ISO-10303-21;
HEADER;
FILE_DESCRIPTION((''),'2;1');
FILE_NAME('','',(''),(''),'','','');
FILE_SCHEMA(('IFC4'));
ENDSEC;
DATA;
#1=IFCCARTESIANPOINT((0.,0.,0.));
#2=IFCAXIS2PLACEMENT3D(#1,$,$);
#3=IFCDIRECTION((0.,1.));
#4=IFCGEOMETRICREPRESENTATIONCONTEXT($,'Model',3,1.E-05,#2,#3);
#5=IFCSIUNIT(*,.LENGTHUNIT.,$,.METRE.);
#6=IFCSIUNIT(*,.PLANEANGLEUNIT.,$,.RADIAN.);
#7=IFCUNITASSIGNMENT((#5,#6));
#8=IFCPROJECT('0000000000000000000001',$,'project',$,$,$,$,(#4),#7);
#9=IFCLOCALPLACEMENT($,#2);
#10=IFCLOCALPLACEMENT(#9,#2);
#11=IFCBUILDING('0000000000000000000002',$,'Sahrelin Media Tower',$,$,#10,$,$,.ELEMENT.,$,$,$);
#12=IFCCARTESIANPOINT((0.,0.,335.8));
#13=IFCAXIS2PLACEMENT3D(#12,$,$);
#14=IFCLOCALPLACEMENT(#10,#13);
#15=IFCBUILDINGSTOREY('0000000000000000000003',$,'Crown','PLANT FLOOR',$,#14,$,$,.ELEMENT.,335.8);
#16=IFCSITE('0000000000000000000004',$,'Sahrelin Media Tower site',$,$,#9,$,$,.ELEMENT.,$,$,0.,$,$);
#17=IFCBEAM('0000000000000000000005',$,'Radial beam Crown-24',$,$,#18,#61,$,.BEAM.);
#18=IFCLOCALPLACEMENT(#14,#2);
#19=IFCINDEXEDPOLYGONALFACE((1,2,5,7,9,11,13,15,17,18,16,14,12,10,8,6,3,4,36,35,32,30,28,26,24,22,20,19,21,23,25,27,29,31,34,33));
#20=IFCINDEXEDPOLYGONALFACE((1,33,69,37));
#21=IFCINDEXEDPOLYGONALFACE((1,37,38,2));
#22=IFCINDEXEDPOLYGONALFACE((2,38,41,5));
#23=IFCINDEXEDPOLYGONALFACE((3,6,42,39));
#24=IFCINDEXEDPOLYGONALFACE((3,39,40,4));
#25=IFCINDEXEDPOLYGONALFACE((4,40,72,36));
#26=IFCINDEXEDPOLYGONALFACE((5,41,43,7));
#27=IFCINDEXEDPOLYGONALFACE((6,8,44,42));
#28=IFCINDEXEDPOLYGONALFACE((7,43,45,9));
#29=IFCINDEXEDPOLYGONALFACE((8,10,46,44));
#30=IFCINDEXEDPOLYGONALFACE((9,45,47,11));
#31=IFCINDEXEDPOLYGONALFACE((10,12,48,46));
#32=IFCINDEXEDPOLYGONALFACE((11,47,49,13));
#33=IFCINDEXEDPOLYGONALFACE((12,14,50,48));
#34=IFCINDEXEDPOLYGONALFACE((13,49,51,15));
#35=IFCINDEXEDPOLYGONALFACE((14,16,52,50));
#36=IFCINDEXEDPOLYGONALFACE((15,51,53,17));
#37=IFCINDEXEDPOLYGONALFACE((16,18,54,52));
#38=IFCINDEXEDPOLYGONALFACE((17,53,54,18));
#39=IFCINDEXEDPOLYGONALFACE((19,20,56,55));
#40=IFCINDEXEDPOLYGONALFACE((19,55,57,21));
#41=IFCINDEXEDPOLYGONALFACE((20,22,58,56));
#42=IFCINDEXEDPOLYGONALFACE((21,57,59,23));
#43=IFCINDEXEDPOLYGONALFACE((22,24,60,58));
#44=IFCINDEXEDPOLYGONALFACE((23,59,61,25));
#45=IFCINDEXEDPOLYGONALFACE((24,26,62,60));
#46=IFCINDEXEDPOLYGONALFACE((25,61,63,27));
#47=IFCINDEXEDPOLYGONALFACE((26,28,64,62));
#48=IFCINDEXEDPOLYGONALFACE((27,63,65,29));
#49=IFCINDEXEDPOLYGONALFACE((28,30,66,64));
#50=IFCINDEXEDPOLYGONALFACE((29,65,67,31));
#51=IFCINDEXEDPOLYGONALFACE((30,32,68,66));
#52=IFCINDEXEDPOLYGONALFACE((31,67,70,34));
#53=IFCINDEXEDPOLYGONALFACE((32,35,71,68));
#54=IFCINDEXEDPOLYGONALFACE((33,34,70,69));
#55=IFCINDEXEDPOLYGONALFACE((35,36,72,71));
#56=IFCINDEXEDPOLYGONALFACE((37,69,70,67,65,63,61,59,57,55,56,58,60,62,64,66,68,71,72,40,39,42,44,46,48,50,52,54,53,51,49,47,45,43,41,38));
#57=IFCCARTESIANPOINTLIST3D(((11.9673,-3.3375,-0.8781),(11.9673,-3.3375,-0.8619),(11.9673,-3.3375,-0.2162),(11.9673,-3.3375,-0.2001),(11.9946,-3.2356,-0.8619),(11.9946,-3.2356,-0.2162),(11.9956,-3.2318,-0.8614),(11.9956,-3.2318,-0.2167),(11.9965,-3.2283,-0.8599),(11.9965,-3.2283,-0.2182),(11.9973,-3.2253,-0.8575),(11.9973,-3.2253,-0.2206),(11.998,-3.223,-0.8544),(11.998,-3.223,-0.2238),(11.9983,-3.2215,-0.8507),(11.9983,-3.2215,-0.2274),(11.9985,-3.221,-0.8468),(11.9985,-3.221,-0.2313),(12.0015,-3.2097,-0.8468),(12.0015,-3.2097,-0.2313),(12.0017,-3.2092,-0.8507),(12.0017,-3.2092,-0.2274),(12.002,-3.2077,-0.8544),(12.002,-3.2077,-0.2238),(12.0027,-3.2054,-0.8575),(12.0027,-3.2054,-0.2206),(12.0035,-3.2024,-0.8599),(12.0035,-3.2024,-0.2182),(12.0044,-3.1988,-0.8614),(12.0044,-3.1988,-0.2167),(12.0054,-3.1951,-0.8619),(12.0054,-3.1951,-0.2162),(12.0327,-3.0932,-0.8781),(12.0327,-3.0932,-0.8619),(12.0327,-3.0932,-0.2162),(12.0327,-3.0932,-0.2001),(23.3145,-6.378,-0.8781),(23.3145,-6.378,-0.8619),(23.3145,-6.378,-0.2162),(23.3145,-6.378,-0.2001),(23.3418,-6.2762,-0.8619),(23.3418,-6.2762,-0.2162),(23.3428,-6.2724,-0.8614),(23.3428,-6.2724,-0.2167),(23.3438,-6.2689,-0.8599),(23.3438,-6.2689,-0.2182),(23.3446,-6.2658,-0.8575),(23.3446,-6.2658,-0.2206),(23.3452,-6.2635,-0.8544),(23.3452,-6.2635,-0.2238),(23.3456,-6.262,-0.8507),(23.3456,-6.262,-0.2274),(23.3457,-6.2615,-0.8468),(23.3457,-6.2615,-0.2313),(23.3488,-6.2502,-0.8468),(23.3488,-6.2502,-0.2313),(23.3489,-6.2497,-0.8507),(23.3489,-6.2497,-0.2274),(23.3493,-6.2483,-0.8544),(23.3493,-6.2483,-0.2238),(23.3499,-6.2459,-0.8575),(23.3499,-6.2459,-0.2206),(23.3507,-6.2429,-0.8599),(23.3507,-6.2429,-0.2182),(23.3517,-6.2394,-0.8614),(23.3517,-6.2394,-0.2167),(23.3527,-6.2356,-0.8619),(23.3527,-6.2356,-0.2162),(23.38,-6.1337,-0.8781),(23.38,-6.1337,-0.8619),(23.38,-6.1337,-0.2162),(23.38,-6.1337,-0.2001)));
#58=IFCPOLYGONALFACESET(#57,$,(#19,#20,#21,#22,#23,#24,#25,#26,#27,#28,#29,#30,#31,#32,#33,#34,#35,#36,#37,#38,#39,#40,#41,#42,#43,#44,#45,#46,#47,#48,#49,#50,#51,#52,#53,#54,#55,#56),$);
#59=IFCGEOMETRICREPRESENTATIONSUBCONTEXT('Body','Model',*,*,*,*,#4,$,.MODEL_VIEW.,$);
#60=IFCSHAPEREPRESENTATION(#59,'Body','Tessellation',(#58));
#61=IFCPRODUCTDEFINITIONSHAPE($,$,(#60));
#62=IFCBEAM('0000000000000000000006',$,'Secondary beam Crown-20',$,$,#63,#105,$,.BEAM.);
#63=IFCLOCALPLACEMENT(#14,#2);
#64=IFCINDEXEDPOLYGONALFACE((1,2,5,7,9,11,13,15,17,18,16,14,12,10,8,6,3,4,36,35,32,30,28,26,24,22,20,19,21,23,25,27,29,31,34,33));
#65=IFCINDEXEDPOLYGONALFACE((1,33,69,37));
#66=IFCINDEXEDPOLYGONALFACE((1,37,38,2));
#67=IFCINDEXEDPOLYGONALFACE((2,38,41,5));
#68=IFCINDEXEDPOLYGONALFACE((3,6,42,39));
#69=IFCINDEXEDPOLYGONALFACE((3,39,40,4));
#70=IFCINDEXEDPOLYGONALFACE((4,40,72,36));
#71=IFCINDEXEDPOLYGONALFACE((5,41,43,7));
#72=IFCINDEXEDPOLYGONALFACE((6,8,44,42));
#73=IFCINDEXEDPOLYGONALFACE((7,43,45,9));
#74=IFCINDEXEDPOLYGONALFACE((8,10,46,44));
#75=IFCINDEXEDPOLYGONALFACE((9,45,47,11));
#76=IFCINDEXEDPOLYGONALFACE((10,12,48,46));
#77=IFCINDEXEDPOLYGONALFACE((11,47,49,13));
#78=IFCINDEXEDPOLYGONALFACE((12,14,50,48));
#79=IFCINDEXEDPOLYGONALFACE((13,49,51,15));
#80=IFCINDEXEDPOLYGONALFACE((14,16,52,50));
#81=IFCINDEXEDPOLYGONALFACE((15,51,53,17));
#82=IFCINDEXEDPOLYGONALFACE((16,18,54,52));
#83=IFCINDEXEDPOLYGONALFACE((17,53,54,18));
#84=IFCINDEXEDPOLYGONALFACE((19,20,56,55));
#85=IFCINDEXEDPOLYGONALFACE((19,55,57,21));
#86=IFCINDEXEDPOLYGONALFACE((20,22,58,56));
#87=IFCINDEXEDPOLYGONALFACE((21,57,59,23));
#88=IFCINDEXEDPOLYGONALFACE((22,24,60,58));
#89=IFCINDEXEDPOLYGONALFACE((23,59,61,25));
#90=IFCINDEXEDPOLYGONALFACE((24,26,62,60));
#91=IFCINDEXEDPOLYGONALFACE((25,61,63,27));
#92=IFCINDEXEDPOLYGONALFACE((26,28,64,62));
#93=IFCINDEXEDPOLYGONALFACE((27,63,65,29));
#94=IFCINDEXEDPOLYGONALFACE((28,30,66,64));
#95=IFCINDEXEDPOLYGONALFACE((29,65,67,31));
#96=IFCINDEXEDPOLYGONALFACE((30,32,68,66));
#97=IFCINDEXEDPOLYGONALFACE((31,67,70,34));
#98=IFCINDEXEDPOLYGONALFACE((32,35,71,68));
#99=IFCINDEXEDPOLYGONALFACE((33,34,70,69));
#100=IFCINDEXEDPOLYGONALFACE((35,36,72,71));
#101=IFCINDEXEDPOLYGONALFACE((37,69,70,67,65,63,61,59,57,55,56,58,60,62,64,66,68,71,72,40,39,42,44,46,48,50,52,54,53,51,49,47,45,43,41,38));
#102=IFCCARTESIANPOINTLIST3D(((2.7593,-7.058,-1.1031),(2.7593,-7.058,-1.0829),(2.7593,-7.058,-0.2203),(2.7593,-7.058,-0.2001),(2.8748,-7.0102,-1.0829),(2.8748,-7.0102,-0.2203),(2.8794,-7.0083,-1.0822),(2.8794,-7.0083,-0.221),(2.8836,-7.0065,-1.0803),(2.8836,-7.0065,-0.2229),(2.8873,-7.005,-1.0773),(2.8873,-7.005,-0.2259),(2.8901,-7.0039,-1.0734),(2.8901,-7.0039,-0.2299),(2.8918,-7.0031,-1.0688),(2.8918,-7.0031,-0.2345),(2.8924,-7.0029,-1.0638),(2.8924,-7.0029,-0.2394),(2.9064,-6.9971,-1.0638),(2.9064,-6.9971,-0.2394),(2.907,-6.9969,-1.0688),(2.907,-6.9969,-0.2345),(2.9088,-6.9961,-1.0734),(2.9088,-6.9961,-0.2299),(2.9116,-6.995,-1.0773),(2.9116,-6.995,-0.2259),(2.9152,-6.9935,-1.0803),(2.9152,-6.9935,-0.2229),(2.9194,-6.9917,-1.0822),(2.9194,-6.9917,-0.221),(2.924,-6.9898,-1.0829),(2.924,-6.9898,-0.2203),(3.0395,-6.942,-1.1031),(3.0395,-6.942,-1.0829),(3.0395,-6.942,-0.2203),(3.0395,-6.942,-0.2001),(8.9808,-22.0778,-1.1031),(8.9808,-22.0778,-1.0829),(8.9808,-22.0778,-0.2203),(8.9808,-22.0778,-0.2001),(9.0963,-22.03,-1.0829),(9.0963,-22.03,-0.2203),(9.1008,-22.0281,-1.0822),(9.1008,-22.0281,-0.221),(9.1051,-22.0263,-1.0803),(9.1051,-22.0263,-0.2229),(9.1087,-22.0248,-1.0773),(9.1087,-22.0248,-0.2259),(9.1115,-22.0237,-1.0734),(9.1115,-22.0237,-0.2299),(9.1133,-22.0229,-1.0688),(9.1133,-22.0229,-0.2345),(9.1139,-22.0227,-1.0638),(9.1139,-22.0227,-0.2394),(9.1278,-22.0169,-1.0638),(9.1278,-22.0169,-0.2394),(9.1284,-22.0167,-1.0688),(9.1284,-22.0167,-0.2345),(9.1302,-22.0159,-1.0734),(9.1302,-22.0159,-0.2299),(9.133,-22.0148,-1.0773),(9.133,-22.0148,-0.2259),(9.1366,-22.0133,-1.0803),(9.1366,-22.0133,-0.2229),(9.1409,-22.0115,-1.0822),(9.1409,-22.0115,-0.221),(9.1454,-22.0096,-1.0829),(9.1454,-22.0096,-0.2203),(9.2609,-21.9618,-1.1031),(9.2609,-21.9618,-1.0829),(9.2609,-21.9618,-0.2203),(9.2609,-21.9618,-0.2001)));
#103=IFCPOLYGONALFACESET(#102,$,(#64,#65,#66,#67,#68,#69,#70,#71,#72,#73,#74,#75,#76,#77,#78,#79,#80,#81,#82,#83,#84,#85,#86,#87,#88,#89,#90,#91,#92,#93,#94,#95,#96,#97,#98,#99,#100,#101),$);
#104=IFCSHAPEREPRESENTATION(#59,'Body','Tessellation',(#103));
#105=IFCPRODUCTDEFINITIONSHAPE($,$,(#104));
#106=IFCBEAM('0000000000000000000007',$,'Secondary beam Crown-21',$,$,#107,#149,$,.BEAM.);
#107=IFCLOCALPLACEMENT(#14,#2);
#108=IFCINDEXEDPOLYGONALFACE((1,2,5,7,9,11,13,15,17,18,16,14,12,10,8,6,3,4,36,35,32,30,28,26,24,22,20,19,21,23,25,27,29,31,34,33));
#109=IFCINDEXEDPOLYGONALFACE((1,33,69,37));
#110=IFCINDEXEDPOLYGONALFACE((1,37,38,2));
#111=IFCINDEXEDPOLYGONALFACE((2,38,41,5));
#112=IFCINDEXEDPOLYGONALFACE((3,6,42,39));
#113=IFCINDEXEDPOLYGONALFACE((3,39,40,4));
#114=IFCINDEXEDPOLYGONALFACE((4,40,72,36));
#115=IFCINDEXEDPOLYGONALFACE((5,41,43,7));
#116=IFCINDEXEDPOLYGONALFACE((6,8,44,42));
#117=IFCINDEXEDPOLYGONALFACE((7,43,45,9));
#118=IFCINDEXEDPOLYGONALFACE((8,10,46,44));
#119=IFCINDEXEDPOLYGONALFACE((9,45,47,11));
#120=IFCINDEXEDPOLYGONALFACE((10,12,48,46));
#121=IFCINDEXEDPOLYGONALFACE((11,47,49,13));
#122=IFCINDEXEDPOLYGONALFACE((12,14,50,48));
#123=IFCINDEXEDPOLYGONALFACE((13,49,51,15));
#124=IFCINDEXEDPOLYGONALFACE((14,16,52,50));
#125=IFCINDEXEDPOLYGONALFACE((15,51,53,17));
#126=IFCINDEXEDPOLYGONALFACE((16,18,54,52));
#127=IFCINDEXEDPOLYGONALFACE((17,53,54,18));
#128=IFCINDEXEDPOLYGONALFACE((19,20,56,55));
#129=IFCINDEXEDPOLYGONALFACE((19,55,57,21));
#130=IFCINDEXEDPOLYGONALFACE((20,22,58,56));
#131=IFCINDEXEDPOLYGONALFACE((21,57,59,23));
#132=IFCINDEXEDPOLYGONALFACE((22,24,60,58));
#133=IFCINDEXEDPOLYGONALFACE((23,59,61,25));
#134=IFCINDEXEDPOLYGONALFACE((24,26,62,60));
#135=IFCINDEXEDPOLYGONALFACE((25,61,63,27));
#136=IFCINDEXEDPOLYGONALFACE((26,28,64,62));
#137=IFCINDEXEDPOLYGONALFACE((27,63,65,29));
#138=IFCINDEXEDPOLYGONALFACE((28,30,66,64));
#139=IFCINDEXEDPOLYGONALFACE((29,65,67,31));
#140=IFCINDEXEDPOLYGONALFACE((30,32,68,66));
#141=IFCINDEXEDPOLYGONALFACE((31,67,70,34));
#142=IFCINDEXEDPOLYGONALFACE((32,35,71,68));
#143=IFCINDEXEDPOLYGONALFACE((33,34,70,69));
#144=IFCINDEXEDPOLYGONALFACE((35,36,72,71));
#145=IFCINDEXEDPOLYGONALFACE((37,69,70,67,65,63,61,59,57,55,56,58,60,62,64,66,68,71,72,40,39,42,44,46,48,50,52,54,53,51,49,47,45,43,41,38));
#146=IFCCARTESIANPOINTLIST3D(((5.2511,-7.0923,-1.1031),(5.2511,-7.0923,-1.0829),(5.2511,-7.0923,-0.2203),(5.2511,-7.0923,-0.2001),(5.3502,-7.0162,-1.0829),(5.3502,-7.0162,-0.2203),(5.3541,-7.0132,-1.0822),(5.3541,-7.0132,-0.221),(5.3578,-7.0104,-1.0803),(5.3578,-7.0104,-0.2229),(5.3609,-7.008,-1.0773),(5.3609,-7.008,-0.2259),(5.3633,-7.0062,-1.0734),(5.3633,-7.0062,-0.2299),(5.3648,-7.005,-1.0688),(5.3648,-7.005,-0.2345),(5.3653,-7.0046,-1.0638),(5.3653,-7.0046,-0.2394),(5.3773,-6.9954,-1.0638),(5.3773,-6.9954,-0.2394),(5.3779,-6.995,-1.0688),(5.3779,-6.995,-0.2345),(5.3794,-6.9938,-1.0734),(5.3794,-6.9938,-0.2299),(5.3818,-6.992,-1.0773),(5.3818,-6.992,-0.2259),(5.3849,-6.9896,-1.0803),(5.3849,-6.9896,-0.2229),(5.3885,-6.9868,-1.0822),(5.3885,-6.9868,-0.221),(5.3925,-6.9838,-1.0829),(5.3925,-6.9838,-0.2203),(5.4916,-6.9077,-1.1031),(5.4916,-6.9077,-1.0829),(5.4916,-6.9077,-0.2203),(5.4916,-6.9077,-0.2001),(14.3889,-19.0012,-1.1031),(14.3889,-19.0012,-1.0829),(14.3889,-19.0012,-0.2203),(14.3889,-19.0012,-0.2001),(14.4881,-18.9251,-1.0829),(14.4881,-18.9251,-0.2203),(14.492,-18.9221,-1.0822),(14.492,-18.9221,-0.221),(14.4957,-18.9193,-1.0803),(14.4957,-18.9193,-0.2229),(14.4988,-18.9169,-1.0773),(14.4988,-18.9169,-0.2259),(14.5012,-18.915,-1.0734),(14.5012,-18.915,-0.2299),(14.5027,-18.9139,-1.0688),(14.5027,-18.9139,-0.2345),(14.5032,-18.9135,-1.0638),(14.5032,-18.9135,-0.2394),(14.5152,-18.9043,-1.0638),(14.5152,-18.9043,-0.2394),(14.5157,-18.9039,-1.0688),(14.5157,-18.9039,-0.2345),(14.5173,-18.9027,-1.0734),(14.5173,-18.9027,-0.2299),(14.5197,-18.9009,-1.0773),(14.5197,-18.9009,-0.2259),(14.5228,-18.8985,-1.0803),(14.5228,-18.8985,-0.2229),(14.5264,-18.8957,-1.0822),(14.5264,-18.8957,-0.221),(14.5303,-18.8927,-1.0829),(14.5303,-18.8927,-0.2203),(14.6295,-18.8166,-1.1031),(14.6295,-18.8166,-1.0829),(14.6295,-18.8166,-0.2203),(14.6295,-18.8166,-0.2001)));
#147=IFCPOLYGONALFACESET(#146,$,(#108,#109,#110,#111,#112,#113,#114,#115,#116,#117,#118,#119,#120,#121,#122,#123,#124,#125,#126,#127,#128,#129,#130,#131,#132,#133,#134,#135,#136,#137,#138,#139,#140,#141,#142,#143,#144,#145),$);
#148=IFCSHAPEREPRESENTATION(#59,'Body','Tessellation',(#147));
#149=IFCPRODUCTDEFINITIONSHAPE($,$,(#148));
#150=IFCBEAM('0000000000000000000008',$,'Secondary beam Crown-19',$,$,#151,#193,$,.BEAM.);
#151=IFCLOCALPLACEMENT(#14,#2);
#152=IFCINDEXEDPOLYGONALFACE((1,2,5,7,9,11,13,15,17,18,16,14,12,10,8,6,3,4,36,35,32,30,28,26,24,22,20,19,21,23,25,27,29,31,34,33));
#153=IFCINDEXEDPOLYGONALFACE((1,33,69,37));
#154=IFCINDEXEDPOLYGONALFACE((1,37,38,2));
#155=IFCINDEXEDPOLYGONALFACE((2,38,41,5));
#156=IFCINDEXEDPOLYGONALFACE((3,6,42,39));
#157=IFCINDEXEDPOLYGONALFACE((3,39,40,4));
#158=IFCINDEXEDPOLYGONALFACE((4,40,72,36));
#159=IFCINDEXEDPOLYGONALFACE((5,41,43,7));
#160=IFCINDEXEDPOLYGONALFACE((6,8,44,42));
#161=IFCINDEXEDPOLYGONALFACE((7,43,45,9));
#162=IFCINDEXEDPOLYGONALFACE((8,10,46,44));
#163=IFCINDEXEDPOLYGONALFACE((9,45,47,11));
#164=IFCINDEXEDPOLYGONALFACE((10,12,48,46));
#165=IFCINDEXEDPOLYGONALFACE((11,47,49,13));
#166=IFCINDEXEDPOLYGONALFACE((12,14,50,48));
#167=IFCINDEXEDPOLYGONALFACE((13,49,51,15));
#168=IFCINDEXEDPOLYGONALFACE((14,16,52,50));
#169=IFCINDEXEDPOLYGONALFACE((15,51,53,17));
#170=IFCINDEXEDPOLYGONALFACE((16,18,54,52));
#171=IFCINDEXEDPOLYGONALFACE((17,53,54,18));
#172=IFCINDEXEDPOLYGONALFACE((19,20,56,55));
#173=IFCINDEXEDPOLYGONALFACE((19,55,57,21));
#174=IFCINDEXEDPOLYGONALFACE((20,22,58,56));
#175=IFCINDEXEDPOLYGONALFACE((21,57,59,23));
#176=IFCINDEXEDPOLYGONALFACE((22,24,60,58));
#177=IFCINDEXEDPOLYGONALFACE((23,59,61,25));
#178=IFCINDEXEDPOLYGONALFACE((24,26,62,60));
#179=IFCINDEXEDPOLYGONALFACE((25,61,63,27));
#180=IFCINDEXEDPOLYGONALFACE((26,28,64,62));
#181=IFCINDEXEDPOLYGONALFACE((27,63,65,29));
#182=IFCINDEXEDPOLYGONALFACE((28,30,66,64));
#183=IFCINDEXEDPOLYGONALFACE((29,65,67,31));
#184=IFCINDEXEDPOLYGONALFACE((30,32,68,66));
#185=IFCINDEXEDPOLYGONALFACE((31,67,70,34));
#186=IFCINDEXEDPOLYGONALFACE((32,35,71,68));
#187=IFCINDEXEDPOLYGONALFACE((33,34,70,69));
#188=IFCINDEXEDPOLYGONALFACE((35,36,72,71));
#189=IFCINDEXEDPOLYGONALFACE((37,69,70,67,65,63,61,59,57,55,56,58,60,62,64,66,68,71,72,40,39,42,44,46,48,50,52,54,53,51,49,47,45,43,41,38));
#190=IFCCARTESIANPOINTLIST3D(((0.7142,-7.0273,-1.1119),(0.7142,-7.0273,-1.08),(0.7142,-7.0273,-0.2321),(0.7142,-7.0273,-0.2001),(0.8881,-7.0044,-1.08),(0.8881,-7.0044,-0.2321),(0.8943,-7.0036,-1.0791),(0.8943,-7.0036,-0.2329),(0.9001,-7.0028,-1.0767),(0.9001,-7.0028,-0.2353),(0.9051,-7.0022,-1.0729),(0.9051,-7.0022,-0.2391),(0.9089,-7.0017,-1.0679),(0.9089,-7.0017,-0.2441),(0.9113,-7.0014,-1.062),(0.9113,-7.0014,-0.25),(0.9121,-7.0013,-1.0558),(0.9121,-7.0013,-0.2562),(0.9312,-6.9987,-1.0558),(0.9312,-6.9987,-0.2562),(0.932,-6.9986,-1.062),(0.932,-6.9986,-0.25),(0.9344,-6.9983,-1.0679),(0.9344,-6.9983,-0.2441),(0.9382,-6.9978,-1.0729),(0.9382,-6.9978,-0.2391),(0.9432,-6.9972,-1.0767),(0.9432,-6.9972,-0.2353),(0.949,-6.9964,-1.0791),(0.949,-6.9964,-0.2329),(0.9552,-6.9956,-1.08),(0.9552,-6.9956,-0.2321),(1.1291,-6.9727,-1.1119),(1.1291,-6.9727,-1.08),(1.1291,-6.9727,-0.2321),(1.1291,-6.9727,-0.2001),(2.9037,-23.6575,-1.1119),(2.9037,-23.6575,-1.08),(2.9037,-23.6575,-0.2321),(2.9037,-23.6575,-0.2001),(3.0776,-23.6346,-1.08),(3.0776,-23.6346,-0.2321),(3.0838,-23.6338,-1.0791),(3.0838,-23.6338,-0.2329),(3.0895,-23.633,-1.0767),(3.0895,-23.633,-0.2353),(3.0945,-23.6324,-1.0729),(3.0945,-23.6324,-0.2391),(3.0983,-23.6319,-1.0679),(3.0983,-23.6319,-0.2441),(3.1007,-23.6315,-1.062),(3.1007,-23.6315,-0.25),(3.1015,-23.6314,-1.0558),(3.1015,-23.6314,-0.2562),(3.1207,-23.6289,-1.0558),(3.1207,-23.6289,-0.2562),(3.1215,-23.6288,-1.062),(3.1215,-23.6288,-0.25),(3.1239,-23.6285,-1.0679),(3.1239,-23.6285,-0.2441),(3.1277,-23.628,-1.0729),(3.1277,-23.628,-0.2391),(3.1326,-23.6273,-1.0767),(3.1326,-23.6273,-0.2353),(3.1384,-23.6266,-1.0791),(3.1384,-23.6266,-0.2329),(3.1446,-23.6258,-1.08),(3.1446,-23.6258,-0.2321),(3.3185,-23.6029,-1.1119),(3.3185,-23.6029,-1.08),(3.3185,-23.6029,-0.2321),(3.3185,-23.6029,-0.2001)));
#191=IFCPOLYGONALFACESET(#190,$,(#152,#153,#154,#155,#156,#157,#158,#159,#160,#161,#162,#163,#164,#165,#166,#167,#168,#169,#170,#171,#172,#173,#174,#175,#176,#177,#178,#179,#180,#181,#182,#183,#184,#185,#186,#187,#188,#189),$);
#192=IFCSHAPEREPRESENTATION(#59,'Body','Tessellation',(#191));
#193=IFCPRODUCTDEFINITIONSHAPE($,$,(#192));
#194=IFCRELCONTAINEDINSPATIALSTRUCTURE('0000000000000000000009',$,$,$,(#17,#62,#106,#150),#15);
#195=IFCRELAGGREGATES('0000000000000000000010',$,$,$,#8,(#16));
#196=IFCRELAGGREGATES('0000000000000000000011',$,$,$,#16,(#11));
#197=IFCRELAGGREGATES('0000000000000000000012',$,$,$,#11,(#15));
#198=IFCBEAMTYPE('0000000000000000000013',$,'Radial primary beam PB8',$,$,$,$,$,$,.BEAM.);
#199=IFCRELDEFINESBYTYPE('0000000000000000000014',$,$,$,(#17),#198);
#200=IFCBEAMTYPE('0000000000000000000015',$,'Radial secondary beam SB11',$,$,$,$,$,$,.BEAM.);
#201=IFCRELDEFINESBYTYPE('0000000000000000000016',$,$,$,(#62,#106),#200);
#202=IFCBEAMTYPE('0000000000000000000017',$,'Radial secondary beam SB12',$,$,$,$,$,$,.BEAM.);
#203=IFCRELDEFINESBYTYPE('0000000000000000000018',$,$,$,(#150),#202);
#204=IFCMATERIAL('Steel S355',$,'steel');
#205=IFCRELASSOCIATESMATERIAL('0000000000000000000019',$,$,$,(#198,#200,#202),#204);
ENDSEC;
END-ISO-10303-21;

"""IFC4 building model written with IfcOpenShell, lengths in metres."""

from ifc_helpers import new_model, si_unit, direction, frame, origin, origin_2d, place, context, subcontext, project, spatial, i_section, extrude, material, material_profile, profile_set, type_object, element, save


model = new_model("IFC4")

# Units and contexts
model_context = context("Model", 3, precision=1e-05, world=origin(), true_north=direction((0.0, 1.0)))
body_context = subcontext(model_context, "Body", "Model", "MODEL_VIEW")
ifc_project = project(units=[si_unit("LENGTHUNIT", "METRE"), si_unit("PLANEANGLEUNIT", "RADIAN")], contexts=[model_context])

# Site, building, storey
site_placement = place(None, origin())
site = spatial("IfcSite", under=ifc_project, at=site_placement, Name="Sahrelin Media Tower site", CompositionType="ELEMENT", RefElevation=0.0)
building_placement = place(site_placement, origin())
building = spatial("IfcBuilding", under=site, at=building_placement, Name="Sahrelin Media Tower", CompositionType="ELEMENT")
storey_placement = place(building_placement, frame((0.0, 0.0, 335.8)))
storey = spatial("IfcBuildingStorey", under=building, at=storey_placement, Name="Crown", Description="PLANT FLOOR", CompositionType="ELEMENT", Elevation=335.8)

# Beams
ifc_material_1 = material(Name="Steel S355", Category="steel")
ifc_material_profile_1 = material_profile(ifc_material_1, i_section(OverallWidth=0.2529, OverallDepth=0.678, WebThickness=0.0117, FlangeThickness=0.0161, FilletRadius=0.0151, at=origin_2d()), Name="UB 686x254x125")
ifc_profile_set_1 = profile_set([ifc_material_profile_1], Name="Steel S355")
beam_type_1 = type_object("IfcBeamType", Name="Radial primary beam PB8", PredefinedType="BEAM", material=ifc_profile_set_1)
beam_1_placement = place(storey_placement, frame((12.0, -3.2153, -0.5391), z_axis=(0.965924, -0.258824, 0.0), x_axis=(0.258824, 0.965924, 0.0)))
element("IfcBeam", 1, at=beam_1_placement, inside=storey, type_object=beam_type_1, Name="Radial beam Crown-24", PredefinedType="BEAM", context=body_context, shape_type="SweptSolid", body=[
    extrude(i_section(OverallWidth=0.2529, OverallDepth=0.678, WebThickness=0.0117, FlangeThickness=0.0161, FilletRadius=0.0151, at=origin_2d()), origin(), (0.0, 0.0, 1.0), 11.7476),
])
ifc_material_profile_2 = material_profile(ifc_material_1, i_section(OverallWidth=0.3032, OverallDepth=0.9031, WebThickness=0.0151, FlangeThickness=0.0203, FilletRadius=0.019, at=origin_2d()), Name="UB 914x305x201")
ifc_profile_set_2 = profile_set([ifc_material_profile_2], Name="Steel S355")
beam_type_2 = type_object("IfcBeamType", Name="Radial secondary beam SB11", PredefinedType="BEAM", material=ifc_profile_set_2)
beam_2_placement = place(storey_placement, frame((2.8994, -7.0, -0.6516), z_axis=(0.382686, -0.923879, 0.0), x_axis=(0.923879, 0.382686, 0.0)))
element("IfcBeam", 2, at=beam_2_placement, inside=storey, type_object=beam_type_2, Name="Secondary beam Crown-20", PredefinedType="BEAM", context=body_context, shape_type="SweptSolid", body=[
    extrude(i_section(OverallWidth=0.3032, OverallDepth=0.9031, WebThickness=0.0151, FlangeThickness=0.0203, FilletRadius=0.019, at=origin_2d()), origin(), (0.0, 0.0, 1.0), 16.2573),
])
beam_3_placement = place(storey_placement, frame((5.3713, -7.0, -0.6516), z_axis=(0.608757, -0.793357, 0.0), x_axis=(0.793357, 0.608757, 0.0)))
element("IfcBeam", 3, at=beam_3_placement, inside=storey, type_object=beam_type_2, Name="Secondary beam Crown-21", PredefinedType="BEAM", context=body_context, shape_type="SweptSolid", body=[
    extrude(i_section(OverallWidth=0.3032, OverallDepth=0.9031, WebThickness=0.0151, FlangeThickness=0.0203, FilletRadius=0.019, at=origin_2d()), origin(), (0.0, 0.0, 1.0), 15.0107),
])
ifc_material_profile_3 = material_profile(ifc_material_1, i_section(OverallWidth=0.4185, OverallDepth=0.9119, WebThickness=0.0193, FlangeThickness=0.032, FilletRadius=0.0242, at=origin_2d()), Name="UB 914x419x343")
ifc_profile_set_3 = profile_set([ifc_material_profile_3], Name="Steel S355")
beam_type_3 = type_object("IfcBeamType", Name="Radial secondary beam SB12", PredefinedType="BEAM", material=ifc_profile_set_3)
beam_4_placement = place(storey_placement, frame((0.9216, -7.0, -0.656), z_axis=(0.130529, -0.991444, 0.0), x_axis=(0.991444, 0.130529, 0.0)))
element("IfcBeam", 4, at=beam_4_placement, inside=storey, type_object=beam_type_3, Name="Secondary beam Crown-19", PredefinedType="BEAM", context=body_context, shape_type="SweptSolid", body=[
    extrude(i_section(OverallWidth=0.4185, OverallDepth=0.9119, WebThickness=0.0193, FlangeThickness=0.032, FilletRadius=0.0242, at=origin_2d()), origin(), (0.0, 0.0, 1.0), 16.7737),
])

save(model, "model.ifc")
